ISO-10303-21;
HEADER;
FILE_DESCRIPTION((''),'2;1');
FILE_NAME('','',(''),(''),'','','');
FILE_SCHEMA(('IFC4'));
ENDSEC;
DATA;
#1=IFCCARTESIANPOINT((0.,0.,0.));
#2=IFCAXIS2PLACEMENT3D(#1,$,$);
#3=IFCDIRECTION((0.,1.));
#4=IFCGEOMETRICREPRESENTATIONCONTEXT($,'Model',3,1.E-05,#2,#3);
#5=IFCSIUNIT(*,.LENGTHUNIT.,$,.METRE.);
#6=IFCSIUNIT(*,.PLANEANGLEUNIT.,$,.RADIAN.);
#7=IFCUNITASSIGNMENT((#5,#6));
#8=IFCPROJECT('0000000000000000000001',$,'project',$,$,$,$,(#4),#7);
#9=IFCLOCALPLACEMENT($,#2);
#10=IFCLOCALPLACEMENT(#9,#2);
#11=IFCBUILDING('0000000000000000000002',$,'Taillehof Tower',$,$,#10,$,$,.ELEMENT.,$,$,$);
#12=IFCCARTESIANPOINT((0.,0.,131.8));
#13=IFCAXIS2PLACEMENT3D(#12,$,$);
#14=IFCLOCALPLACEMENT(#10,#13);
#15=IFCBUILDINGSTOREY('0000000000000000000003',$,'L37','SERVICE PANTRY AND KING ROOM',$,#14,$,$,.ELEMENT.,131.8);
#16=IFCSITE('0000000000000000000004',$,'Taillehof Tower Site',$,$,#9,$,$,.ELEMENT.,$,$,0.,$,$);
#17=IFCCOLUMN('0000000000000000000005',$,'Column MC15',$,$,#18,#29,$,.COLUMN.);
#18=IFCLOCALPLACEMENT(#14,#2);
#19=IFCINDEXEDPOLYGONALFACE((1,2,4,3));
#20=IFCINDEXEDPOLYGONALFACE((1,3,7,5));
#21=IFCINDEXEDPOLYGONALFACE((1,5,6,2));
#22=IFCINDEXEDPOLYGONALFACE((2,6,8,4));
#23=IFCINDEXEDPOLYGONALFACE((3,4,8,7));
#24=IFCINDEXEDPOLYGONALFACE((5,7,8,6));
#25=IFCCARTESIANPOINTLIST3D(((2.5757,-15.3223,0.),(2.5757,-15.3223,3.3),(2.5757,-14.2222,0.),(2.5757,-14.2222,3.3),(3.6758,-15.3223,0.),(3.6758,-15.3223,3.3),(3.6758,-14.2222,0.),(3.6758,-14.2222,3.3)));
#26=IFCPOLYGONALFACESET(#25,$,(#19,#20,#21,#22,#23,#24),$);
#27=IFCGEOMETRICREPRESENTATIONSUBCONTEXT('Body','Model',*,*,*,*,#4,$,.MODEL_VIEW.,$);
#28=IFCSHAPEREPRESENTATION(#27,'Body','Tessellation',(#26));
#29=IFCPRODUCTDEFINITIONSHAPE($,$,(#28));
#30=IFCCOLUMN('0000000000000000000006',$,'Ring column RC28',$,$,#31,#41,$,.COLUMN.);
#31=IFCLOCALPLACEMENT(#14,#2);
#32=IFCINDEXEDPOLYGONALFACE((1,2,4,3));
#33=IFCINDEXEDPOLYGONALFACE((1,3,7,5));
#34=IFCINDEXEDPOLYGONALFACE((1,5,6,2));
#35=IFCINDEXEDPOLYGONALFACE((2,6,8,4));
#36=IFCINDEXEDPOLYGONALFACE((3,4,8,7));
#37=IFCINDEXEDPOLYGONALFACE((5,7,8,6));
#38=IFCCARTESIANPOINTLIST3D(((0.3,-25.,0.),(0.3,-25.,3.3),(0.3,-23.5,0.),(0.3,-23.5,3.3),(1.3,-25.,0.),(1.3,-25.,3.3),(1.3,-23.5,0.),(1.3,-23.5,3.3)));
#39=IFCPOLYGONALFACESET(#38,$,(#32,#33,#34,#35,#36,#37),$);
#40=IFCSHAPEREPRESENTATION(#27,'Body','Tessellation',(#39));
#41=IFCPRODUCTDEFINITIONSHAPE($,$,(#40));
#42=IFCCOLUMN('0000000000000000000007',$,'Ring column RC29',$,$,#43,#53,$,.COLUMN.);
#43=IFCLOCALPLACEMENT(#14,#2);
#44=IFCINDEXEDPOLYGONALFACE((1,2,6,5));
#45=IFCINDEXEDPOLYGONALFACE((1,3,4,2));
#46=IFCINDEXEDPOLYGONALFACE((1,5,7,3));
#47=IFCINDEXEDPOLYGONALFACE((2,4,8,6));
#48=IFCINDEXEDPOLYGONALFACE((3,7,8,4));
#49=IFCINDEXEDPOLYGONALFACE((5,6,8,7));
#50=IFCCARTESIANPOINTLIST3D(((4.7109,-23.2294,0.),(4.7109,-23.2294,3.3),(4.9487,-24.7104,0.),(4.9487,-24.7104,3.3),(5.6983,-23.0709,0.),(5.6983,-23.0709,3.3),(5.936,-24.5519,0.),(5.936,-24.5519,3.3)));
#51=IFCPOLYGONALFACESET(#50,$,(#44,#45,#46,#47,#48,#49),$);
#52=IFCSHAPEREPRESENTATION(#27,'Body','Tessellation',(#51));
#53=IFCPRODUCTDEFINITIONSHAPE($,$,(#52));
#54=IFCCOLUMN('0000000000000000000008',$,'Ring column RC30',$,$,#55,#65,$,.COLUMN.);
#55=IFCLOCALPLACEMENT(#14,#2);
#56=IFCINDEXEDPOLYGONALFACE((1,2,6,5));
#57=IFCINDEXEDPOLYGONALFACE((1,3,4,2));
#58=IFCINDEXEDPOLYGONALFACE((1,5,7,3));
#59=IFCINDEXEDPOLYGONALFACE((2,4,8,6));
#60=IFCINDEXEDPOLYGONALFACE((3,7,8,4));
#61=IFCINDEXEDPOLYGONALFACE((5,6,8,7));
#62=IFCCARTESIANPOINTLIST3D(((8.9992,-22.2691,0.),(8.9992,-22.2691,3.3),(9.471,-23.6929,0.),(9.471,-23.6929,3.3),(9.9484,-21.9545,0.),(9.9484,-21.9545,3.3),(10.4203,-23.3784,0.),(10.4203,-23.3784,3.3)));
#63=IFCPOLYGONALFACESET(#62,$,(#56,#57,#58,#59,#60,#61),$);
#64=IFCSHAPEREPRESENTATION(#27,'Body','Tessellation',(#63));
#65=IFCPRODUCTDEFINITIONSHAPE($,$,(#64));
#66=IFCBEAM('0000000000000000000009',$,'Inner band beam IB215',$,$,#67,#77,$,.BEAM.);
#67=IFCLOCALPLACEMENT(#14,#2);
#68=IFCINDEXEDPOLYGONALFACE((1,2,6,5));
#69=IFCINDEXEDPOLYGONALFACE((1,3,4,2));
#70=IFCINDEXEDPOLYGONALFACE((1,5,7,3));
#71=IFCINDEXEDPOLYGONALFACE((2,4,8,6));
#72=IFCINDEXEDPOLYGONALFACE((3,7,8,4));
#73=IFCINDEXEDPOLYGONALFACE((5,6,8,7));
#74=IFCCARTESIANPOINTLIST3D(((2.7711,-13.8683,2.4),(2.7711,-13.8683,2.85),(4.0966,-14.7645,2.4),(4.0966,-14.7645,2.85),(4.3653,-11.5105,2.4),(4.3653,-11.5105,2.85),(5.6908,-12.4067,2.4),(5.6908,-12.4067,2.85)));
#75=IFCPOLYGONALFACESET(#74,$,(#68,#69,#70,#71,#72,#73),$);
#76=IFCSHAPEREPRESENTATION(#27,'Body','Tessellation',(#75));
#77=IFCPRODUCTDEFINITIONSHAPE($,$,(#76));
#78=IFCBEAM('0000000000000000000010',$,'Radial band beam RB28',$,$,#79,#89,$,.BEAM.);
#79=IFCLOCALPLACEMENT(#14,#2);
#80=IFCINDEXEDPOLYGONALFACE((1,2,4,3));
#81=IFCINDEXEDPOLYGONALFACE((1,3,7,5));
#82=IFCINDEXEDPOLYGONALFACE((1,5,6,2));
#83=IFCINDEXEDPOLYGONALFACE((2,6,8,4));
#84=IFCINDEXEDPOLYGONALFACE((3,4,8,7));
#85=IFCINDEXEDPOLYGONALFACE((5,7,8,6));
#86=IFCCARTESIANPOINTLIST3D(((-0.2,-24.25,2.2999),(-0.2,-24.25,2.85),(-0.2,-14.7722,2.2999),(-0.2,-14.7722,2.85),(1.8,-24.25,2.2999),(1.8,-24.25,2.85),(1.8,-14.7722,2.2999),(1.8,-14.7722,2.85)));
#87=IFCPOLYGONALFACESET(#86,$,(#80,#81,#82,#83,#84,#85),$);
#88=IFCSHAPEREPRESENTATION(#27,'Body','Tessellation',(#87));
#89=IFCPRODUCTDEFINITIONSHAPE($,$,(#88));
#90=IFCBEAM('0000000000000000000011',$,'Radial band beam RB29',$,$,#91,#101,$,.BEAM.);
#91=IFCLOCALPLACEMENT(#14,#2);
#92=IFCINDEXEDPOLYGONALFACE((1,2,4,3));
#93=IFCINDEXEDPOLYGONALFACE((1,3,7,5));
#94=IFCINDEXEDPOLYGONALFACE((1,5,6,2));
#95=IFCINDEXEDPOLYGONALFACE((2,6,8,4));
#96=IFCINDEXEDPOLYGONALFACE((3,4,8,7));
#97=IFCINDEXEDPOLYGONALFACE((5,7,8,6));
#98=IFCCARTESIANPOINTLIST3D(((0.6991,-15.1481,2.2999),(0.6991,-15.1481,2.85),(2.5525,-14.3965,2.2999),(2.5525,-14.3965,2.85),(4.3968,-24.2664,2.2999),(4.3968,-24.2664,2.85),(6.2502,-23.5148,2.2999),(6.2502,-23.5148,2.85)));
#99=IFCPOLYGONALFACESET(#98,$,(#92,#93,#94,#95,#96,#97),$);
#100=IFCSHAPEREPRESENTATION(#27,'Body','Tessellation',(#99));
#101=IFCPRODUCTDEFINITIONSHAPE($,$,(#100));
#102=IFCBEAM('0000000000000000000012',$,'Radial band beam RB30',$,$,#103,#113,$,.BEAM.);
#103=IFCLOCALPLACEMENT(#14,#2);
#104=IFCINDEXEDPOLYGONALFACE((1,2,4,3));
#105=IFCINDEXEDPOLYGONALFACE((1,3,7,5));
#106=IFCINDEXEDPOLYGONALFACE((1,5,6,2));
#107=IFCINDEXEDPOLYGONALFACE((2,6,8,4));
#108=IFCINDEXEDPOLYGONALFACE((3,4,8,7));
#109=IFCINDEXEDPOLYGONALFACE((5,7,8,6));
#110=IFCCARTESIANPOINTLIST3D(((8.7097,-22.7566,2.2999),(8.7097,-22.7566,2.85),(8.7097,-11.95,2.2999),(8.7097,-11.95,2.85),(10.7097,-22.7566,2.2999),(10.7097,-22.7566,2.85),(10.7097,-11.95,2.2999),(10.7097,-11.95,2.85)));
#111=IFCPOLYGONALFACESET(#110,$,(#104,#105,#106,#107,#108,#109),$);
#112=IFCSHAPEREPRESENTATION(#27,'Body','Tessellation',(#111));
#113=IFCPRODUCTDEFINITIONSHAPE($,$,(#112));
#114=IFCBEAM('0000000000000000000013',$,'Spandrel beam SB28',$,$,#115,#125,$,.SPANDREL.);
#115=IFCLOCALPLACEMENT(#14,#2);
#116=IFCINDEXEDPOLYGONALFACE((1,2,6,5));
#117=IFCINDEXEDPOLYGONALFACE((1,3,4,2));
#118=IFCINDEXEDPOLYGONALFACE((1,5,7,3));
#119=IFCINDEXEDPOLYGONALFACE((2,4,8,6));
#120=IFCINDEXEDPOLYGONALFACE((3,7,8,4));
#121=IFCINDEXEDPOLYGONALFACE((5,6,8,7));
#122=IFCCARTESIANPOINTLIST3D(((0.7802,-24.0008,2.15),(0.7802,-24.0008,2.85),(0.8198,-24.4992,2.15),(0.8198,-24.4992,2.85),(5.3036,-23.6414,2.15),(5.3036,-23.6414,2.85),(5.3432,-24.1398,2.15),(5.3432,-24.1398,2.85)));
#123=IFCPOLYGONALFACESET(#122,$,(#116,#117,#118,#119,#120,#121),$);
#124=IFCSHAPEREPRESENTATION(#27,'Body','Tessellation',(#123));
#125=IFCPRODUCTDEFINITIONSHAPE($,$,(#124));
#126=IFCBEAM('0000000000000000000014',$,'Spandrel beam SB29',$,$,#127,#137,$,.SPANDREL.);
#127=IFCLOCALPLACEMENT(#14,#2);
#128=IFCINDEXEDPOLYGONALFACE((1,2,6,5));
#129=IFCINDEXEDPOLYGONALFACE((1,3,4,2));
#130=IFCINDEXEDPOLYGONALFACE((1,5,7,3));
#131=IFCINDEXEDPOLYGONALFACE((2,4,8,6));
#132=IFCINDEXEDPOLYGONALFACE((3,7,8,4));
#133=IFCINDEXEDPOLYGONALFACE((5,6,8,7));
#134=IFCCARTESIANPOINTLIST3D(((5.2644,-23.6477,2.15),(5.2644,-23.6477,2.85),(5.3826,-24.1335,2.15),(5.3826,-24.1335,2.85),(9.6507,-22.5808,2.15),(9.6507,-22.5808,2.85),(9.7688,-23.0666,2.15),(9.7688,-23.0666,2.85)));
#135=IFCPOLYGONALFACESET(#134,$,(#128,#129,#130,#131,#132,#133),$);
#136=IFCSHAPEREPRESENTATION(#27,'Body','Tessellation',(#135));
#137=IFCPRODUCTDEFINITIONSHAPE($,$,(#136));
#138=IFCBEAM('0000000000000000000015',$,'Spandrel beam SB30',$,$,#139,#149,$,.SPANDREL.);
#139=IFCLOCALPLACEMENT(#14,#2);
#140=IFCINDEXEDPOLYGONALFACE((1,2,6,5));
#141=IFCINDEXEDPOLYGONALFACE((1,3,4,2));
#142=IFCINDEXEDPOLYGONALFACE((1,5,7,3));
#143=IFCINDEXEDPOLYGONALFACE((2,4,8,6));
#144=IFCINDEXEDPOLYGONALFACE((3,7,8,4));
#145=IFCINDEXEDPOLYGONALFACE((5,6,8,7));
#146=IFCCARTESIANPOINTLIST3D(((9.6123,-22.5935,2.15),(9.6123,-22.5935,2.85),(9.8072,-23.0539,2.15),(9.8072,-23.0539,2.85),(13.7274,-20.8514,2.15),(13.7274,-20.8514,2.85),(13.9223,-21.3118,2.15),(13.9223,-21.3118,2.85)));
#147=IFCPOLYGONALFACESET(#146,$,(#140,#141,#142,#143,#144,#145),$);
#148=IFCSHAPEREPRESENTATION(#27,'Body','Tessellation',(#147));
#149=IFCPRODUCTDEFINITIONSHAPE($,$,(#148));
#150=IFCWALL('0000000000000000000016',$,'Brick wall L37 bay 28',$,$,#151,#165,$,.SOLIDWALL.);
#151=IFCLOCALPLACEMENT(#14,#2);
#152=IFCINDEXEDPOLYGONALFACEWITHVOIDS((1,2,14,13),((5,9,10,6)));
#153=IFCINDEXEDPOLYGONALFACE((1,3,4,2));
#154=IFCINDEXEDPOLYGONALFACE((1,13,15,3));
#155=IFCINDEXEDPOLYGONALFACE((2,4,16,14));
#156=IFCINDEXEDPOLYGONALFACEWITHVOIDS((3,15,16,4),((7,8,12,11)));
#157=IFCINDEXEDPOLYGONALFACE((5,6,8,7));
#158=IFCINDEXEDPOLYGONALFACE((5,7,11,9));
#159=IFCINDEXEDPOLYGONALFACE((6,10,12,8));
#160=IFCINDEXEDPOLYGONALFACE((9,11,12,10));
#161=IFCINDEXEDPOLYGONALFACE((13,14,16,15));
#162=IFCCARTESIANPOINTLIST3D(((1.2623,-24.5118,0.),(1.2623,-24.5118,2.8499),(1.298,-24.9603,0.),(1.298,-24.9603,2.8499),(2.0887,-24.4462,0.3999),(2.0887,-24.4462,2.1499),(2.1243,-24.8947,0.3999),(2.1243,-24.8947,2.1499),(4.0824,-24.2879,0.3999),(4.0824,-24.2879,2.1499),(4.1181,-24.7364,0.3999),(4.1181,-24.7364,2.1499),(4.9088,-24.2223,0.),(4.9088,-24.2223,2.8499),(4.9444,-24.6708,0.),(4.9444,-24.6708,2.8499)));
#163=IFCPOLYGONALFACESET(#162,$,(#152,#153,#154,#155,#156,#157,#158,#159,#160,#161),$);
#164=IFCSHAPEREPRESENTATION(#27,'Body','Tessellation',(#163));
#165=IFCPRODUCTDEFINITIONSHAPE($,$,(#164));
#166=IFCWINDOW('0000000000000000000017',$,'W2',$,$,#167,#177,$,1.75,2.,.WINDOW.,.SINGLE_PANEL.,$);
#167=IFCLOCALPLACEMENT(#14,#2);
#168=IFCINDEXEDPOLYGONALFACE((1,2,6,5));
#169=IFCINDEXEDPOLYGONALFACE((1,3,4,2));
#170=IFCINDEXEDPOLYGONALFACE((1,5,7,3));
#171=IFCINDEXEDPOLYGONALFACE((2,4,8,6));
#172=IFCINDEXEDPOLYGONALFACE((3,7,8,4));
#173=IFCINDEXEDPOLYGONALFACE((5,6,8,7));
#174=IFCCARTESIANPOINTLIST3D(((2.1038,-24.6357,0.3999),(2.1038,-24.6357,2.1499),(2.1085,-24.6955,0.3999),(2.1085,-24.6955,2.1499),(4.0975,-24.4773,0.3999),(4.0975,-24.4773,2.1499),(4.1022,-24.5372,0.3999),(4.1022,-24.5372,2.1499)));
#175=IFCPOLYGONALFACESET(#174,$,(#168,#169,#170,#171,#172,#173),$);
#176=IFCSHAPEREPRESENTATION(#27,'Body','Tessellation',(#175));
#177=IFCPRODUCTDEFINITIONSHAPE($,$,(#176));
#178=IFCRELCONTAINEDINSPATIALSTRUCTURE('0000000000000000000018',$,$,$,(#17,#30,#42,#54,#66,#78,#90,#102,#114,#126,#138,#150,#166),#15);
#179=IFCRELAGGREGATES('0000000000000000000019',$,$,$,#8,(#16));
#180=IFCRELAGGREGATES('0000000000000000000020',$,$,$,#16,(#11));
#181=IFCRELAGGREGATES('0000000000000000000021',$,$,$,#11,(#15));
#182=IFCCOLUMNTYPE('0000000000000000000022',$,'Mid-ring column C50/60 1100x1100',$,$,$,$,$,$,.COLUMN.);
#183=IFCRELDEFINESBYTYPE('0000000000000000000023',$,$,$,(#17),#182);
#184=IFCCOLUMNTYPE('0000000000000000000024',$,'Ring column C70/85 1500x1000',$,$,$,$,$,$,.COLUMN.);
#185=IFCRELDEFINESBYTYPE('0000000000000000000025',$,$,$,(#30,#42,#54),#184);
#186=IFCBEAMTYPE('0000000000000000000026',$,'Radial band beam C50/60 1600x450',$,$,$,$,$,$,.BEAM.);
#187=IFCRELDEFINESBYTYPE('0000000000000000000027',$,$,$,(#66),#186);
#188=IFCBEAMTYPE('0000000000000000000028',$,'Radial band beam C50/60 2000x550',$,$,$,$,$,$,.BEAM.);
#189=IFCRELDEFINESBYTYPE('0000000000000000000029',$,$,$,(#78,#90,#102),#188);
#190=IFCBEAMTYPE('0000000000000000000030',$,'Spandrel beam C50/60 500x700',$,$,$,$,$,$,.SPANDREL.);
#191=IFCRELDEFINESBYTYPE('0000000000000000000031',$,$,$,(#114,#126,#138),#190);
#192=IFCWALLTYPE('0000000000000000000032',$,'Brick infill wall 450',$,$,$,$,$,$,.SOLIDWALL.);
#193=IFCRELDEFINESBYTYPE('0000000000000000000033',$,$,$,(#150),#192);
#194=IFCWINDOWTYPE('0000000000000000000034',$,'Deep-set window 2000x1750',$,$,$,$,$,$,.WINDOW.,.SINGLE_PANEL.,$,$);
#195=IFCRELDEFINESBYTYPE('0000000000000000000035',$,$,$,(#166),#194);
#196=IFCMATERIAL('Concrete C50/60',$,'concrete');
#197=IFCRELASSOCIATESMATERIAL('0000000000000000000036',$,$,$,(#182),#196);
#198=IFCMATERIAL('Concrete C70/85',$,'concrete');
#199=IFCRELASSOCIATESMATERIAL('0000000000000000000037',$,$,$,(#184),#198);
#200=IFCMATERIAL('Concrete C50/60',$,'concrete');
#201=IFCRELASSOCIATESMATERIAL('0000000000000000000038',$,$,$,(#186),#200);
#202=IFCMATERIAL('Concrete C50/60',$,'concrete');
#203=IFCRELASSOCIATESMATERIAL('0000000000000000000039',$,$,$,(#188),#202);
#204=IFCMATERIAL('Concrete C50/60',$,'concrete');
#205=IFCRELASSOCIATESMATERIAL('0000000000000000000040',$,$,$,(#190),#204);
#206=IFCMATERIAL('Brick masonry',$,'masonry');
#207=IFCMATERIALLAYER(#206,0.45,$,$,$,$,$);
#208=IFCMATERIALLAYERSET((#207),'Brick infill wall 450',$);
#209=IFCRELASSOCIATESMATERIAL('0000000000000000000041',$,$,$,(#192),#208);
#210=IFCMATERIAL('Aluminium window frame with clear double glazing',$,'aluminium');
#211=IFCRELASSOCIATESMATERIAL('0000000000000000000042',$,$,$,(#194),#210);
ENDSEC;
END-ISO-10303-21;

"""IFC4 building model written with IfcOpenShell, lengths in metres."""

from ifc_helpers import new_model, si_unit, direction, frame, frame_2d, origin, origin_2d, place, context, subcontext, project, spatial, rectangle, extrude, material, layer, layer_set, material_profile, profile_set, type_object, element, fill, save


model = new_model("IFC4")

# Units and contexts
model_context = context("Model", 3, precision=1e-05, world=origin(), true_north=direction((0.0, 1.0)))
body_context = subcontext(model_context, "Body", "Model", "MODEL_VIEW")
ifc_project = project(units=[si_unit("LENGTHUNIT", "METRE"), si_unit("PLANEANGLEUNIT", "RADIAN")], contexts=[model_context])

# Site, building, storey
site_placement = place(None, origin())
site = spatial("IfcSite", under=ifc_project, at=site_placement, Name="Taillehof Tower Site", CompositionType="ELEMENT", RefElevation=0.0)
building_placement = place(site_placement, origin())
building = spatial("IfcBuilding", under=site, at=building_placement, Name="Taillehof Tower", CompositionType="ELEMENT")
storey_placement = place(building_placement, frame((0.0, 0.0, 131.8)))
storey = spatial("IfcBuildingStorey", under=building, at=storey_placement, Name="L37", Description="SERVICE PANTRY AND KING ROOM", CompositionType="ELEMENT", Elevation=131.8)

# Columns
ifc_material_1 = material(Name="Concrete C50/60", Category="concrete")
ifc_material_profile_1 = material_profile(ifc_material_1, rectangle(XDim=1.1001, YDim=1.1001, at=origin_2d()), Name="RC 1100x1100")
ifc_profile_set_1 = profile_set([ifc_material_profile_1], Name="Concrete C50/60")
column_type_1 = type_object("IfcColumnType", Name="Mid-ring column C50/60 1100x1100", PredefinedType="COLUMN", material=ifc_profile_set_1)
column_placement = place(storey_placement, frame((3.1257, -14.7722, 0.0), z_axis=(0.0, 0.0, 1.0), x_axis=(1.0, 0.0, 0.0)))
element("IfcColumn", 1, at=column_placement, inside=storey, type_object=column_type_1, Name="Column MC15", PredefinedType="COLUMN", context=body_context, shape_type="SweptSolid", body=[
    extrude(rectangle(XDim=1.1001, YDim=1.1001, at=origin_2d()), origin(), (0.0, 0.0, 1.0), 3.3),
])
ifc_material_2 = material(Name="Concrete C70/85", Category="concrete")
ifc_material_profile_2 = material_profile(ifc_material_2, rectangle(XDim=1.5, YDim=1.0, at=origin_2d()), Name="RC 1500x1000")
ifc_profile_set_2 = profile_set([ifc_material_profile_2], Name="Concrete C70/85")
column_type_2 = type_object("IfcColumnType", Name="Ring column C70/85 1500x1000", PredefinedType="COLUMN", material=ifc_profile_set_2)
for number, where, z_axis, x_axis, name in (
    (2, (0.8, -24.25, 0.0), (0.0, 0.0, 1.0), (0.0, -1.0, 0.0), "Ring column RC28"),
    (3, (5.3235, -23.8906, 0.0), (0.0, 0.0, 1.0), (0.158507, -0.987358, 0.0), "Ring column RC29"),
    (4, (9.7097, -22.8237, 0.0), (0.0, 0.0, 1.0), (0.314555, -0.949239, 0.0), "Ring column RC30"),
):
    element("IfcColumn", number, at=place(storey_placement, frame(where, z_axis=z_axis, x_axis=x_axis)), inside=storey, type_object=column_type_2, Name=name, PredefinedType="COLUMN", context=body_context, shape_type="SweptSolid", body=[
        extrude(rectangle(XDim=1.5, YDim=1.0, at=origin_2d()), origin(), (0.0, 0.0, 1.0), 3.3),
    ])

# Beams
ifc_material_3 = material(Name="Concrete C50/60", Category="concrete")
ifc_material_profile_3 = material_profile(ifc_material_3, rectangle(XDim=1.6001, YDim=0.45, at=origin_2d()), Name="RC 1600x450")
ifc_profile_set_3 = profile_set([ifc_material_profile_3], Name="Concrete C50/60")
beam_type_1 = type_object("IfcBeamType", Name="Radial band beam C50/60 1600x450", PredefinedType="BEAM", material=ifc_profile_set_3)
beam_1_placement = place(storey_placement, frame((3.4338, -14.3164, 2.625), z_axis=(0.560112, 0.828417, 0.0), x_axis=(-0.828417, 0.560112, 0.0)))
element("IfcBeam", 5, at=beam_1_placement, inside=storey, type_object=beam_type_1, Name="Inner band beam IB215", PredefinedType="BEAM", context=body_context, shape_type="SweptSolid", body=[
    extrude(rectangle(XDim=1.6001, YDim=0.45, at=origin_2d()), origin(), (0.0, 0.0, 1.0), 2.8462),
])
ifc_material_4 = material(Name="Concrete C50/60", Category="concrete")
ifc_material_profile_4 = material_profile(ifc_material_4, rectangle(XDim=2.0, YDim=0.55, at=origin_2d()), Name="RC 2000x550")
ifc_profile_set_4 = profile_set([ifc_material_profile_4], Name="Concrete C50/60")
beam_type_2 = type_object("IfcBeamType", Name="Radial band beam C50/60 2000x550", PredefinedType="BEAM", material=ifc_profile_set_4)
beam_2_placement = place(storey_placement, frame((0.8, -24.25, 2.575), z_axis=(0.0, 1.0, 0.0), x_axis=(-1.0, 0.0, 0.0)))
element("IfcBeam", 6, at=beam_2_placement, inside=storey, type_object=beam_type_2, Name="Radial band beam RB28", PredefinedType="BEAM", context=body_context, shape_type="SweptSolid", body=[
    extrude(rectangle(XDim=2.0, YDim=0.55, at=origin_2d()), origin(), (0.0, 0.0, 1.0), 9.4778),
])
beam_3_placement = place(storey_placement, frame((5.3235, -23.8906, 2.575), z_axis=(-0.375801, 0.9267, 0.0), x_axis=(-0.9267, -0.375801, 0.0)))
element("IfcBeam", 7, at=beam_3_placement, inside=storey, type_object=beam_type_2, Name="Radial band beam RB29", PredefinedType="BEAM", context=body_context, shape_type="SweptSolid", body=[
    extrude(rectangle(XDim=2.0, YDim=0.55, at=origin_2d()), origin(), (0.0, 0.0, 1.0), 9.8396),
])
beam_4_placement = place(storey_placement, frame((9.7097, -22.7566, 2.575), z_axis=(0.0, 1.0, 0.0), x_axis=(-1.0, 0.0, 0.0)))
element("IfcBeam", 8, at=beam_4_placement, inside=storey, type_object=beam_type_2, Name="Radial band beam RB30", PredefinedType="BEAM", context=body_context, shape_type="SweptSolid", body=[
    extrude(rectangle(XDim=2.0, YDim=0.55, at=origin_2d()), origin(), (0.0, 0.0, 1.0), 10.8066),
])
ifc_material_5 = material(Name="Concrete C50/60", Category="concrete")
ifc_material_profile_5 = material_profile(ifc_material_5, rectangle(XDim=0.5, YDim=0.7, at=origin_2d()), Name="RC 500x700")
ifc_profile_set_5 = profile_set([ifc_material_profile_5], Name="Concrete C50/60")
beam_type_3 = type_object("IfcBeamType", Name="Spandrel beam C50/60 500x700", PredefinedType="SPANDREL", material=ifc_profile_set_5)
beam_5_placement = place(storey_placement, frame((0.8, -24.25, 2.5), z_axis=(0.996859, 0.079198, 0.0), x_axis=(-0.079198, 0.996859, 0.0)))
element("IfcBeam", 9, at=beam_5_placement, inside=storey, type_object=beam_type_3, Name="Spandrel beam SB28", PredefinedType="SPANDREL", context=body_context, shape_type="SweptSolid", body=[
    extrude(rectangle(XDim=0.5, YDim=0.7, at=origin_2d()), origin(), (0.0, 0.0, 1.0), 4.5376),
])
beam_6_placement = place(storey_placement, frame((5.3235, -23.8906, 2.5), z_axis=(0.971669, 0.236346, 0.0), x_axis=(-0.236346, 0.971669, 0.0)))
element("IfcBeam", 10, at=beam_6_placement, inside=storey, type_object=beam_type_3, Name="Spandrel beam SB29", PredefinedType="SPANDREL", context=body_context, shape_type="SweptSolid", body=[
    extrude(rectangle(XDim=0.5, YDim=0.7, at=origin_2d()), origin(), (0.0, 0.0, 1.0), 4.5142),
])
beam_7_placement = place(storey_placement, frame((9.7097, -22.8237, 2.5), z_axis=(0.920877, 0.389854, 0.0), x_axis=(-0.389854, 0.920877, 0.0)))
element("IfcBeam", 11, at=beam_7_placement, inside=storey, type_object=beam_type_3, Name="Spandrel beam SB30", PredefinedType="SPANDREL", context=body_context, shape_type="SweptSolid", body=[
    extrude(rectangle(XDim=0.5, YDim=0.7, at=origin_2d()), origin(), (0.0, 0.0, 1.0), 4.4688),
])

# Wall, opening, window
ifc_material_6 = material(Name="Brick masonry", Category="masonry")
ifc_layer_1 = layer(ifc_material_6, 0.45)
ifc_layer_set_1 = layer_set([ifc_layer_1], Name="Brick infill wall 450")
wall_type_1 = type_object("IfcWallType", Name="Brick infill wall 450", PredefinedType="SOLIDWALL", material=ifc_layer_set_1)
wall_1_placement = place(storey_placement, frame((1.28, -24.7361, 0.0), z_axis=(0.0, 0.0, 1.0), x_axis=(0.996862, 0.079156, 0.0)))
wall_1 = element("IfcWall", 12, at=wall_1_placement, inside=storey, type_object=wall_type_1, Name="Brick wall L37 bay 28", PredefinedType="SOLIDWALL", context=body_context, shape_type="SweptSolid", body=[
    extrude(rectangle(XDim=3.658, YDim=0.45, at=frame_2d((1.8291, 0.0))), origin(), (0.0, 0.0, 1.0), 2.8499),
])
opening_1_placement = place(wall_1_placement, frame((0.8291, 0.0, 0.3999)))
opening_1 = element("IfcOpeningElement", 13, at=opening_1_placement, cuts=wall_1, PredefinedType="OPENING", context=body_context, shape_type="SweptSolid", body=[
    extrude(rectangle(XDim=2.0, YDim=1.75, at=frame_2d((1.0, 0.875))), frame((0.0, 0.2349, 0.0), z_axis=(0.0, -1.0, 0.0), x_axis=(1.0, 0.0, 0.0)), (0.0, 0.0, 1.0), 0.47),
])
ifc_material_7 = material(Name="Aluminium window frame with clear double glazing", Category="aluminium")
window_type = type_object("IfcWindowType", Name="Deep-set window 2000x1750", PartitioningType="SINGLE_PANEL", PredefinedType="WINDOW", material=ifc_material_7)
window_1_placement = place(opening_1_placement, origin())
window_1 = element("IfcWindow", 14, at=window_1_placement, inside=storey, type_object=window_type, Name="W2", OverallHeight=1.75, OverallWidth=2.0, PartitioningType="SINGLE_PANEL", PredefinedType="WINDOW", context=body_context, shape_type="SweptSolid", body=[
    extrude(rectangle(XDim=2.0, YDim=1.75, at=frame_2d((1.0, 0.875))), frame((0.0, 0.0349, 0.0), z_axis=(0.0, -1.0, 0.0), x_axis=(1.0, 0.0, 0.0)), (0.0, 0.0, 1.0), 0.0601),
])
fill(opening_1, window_1)

save(model, "model.ifc")
